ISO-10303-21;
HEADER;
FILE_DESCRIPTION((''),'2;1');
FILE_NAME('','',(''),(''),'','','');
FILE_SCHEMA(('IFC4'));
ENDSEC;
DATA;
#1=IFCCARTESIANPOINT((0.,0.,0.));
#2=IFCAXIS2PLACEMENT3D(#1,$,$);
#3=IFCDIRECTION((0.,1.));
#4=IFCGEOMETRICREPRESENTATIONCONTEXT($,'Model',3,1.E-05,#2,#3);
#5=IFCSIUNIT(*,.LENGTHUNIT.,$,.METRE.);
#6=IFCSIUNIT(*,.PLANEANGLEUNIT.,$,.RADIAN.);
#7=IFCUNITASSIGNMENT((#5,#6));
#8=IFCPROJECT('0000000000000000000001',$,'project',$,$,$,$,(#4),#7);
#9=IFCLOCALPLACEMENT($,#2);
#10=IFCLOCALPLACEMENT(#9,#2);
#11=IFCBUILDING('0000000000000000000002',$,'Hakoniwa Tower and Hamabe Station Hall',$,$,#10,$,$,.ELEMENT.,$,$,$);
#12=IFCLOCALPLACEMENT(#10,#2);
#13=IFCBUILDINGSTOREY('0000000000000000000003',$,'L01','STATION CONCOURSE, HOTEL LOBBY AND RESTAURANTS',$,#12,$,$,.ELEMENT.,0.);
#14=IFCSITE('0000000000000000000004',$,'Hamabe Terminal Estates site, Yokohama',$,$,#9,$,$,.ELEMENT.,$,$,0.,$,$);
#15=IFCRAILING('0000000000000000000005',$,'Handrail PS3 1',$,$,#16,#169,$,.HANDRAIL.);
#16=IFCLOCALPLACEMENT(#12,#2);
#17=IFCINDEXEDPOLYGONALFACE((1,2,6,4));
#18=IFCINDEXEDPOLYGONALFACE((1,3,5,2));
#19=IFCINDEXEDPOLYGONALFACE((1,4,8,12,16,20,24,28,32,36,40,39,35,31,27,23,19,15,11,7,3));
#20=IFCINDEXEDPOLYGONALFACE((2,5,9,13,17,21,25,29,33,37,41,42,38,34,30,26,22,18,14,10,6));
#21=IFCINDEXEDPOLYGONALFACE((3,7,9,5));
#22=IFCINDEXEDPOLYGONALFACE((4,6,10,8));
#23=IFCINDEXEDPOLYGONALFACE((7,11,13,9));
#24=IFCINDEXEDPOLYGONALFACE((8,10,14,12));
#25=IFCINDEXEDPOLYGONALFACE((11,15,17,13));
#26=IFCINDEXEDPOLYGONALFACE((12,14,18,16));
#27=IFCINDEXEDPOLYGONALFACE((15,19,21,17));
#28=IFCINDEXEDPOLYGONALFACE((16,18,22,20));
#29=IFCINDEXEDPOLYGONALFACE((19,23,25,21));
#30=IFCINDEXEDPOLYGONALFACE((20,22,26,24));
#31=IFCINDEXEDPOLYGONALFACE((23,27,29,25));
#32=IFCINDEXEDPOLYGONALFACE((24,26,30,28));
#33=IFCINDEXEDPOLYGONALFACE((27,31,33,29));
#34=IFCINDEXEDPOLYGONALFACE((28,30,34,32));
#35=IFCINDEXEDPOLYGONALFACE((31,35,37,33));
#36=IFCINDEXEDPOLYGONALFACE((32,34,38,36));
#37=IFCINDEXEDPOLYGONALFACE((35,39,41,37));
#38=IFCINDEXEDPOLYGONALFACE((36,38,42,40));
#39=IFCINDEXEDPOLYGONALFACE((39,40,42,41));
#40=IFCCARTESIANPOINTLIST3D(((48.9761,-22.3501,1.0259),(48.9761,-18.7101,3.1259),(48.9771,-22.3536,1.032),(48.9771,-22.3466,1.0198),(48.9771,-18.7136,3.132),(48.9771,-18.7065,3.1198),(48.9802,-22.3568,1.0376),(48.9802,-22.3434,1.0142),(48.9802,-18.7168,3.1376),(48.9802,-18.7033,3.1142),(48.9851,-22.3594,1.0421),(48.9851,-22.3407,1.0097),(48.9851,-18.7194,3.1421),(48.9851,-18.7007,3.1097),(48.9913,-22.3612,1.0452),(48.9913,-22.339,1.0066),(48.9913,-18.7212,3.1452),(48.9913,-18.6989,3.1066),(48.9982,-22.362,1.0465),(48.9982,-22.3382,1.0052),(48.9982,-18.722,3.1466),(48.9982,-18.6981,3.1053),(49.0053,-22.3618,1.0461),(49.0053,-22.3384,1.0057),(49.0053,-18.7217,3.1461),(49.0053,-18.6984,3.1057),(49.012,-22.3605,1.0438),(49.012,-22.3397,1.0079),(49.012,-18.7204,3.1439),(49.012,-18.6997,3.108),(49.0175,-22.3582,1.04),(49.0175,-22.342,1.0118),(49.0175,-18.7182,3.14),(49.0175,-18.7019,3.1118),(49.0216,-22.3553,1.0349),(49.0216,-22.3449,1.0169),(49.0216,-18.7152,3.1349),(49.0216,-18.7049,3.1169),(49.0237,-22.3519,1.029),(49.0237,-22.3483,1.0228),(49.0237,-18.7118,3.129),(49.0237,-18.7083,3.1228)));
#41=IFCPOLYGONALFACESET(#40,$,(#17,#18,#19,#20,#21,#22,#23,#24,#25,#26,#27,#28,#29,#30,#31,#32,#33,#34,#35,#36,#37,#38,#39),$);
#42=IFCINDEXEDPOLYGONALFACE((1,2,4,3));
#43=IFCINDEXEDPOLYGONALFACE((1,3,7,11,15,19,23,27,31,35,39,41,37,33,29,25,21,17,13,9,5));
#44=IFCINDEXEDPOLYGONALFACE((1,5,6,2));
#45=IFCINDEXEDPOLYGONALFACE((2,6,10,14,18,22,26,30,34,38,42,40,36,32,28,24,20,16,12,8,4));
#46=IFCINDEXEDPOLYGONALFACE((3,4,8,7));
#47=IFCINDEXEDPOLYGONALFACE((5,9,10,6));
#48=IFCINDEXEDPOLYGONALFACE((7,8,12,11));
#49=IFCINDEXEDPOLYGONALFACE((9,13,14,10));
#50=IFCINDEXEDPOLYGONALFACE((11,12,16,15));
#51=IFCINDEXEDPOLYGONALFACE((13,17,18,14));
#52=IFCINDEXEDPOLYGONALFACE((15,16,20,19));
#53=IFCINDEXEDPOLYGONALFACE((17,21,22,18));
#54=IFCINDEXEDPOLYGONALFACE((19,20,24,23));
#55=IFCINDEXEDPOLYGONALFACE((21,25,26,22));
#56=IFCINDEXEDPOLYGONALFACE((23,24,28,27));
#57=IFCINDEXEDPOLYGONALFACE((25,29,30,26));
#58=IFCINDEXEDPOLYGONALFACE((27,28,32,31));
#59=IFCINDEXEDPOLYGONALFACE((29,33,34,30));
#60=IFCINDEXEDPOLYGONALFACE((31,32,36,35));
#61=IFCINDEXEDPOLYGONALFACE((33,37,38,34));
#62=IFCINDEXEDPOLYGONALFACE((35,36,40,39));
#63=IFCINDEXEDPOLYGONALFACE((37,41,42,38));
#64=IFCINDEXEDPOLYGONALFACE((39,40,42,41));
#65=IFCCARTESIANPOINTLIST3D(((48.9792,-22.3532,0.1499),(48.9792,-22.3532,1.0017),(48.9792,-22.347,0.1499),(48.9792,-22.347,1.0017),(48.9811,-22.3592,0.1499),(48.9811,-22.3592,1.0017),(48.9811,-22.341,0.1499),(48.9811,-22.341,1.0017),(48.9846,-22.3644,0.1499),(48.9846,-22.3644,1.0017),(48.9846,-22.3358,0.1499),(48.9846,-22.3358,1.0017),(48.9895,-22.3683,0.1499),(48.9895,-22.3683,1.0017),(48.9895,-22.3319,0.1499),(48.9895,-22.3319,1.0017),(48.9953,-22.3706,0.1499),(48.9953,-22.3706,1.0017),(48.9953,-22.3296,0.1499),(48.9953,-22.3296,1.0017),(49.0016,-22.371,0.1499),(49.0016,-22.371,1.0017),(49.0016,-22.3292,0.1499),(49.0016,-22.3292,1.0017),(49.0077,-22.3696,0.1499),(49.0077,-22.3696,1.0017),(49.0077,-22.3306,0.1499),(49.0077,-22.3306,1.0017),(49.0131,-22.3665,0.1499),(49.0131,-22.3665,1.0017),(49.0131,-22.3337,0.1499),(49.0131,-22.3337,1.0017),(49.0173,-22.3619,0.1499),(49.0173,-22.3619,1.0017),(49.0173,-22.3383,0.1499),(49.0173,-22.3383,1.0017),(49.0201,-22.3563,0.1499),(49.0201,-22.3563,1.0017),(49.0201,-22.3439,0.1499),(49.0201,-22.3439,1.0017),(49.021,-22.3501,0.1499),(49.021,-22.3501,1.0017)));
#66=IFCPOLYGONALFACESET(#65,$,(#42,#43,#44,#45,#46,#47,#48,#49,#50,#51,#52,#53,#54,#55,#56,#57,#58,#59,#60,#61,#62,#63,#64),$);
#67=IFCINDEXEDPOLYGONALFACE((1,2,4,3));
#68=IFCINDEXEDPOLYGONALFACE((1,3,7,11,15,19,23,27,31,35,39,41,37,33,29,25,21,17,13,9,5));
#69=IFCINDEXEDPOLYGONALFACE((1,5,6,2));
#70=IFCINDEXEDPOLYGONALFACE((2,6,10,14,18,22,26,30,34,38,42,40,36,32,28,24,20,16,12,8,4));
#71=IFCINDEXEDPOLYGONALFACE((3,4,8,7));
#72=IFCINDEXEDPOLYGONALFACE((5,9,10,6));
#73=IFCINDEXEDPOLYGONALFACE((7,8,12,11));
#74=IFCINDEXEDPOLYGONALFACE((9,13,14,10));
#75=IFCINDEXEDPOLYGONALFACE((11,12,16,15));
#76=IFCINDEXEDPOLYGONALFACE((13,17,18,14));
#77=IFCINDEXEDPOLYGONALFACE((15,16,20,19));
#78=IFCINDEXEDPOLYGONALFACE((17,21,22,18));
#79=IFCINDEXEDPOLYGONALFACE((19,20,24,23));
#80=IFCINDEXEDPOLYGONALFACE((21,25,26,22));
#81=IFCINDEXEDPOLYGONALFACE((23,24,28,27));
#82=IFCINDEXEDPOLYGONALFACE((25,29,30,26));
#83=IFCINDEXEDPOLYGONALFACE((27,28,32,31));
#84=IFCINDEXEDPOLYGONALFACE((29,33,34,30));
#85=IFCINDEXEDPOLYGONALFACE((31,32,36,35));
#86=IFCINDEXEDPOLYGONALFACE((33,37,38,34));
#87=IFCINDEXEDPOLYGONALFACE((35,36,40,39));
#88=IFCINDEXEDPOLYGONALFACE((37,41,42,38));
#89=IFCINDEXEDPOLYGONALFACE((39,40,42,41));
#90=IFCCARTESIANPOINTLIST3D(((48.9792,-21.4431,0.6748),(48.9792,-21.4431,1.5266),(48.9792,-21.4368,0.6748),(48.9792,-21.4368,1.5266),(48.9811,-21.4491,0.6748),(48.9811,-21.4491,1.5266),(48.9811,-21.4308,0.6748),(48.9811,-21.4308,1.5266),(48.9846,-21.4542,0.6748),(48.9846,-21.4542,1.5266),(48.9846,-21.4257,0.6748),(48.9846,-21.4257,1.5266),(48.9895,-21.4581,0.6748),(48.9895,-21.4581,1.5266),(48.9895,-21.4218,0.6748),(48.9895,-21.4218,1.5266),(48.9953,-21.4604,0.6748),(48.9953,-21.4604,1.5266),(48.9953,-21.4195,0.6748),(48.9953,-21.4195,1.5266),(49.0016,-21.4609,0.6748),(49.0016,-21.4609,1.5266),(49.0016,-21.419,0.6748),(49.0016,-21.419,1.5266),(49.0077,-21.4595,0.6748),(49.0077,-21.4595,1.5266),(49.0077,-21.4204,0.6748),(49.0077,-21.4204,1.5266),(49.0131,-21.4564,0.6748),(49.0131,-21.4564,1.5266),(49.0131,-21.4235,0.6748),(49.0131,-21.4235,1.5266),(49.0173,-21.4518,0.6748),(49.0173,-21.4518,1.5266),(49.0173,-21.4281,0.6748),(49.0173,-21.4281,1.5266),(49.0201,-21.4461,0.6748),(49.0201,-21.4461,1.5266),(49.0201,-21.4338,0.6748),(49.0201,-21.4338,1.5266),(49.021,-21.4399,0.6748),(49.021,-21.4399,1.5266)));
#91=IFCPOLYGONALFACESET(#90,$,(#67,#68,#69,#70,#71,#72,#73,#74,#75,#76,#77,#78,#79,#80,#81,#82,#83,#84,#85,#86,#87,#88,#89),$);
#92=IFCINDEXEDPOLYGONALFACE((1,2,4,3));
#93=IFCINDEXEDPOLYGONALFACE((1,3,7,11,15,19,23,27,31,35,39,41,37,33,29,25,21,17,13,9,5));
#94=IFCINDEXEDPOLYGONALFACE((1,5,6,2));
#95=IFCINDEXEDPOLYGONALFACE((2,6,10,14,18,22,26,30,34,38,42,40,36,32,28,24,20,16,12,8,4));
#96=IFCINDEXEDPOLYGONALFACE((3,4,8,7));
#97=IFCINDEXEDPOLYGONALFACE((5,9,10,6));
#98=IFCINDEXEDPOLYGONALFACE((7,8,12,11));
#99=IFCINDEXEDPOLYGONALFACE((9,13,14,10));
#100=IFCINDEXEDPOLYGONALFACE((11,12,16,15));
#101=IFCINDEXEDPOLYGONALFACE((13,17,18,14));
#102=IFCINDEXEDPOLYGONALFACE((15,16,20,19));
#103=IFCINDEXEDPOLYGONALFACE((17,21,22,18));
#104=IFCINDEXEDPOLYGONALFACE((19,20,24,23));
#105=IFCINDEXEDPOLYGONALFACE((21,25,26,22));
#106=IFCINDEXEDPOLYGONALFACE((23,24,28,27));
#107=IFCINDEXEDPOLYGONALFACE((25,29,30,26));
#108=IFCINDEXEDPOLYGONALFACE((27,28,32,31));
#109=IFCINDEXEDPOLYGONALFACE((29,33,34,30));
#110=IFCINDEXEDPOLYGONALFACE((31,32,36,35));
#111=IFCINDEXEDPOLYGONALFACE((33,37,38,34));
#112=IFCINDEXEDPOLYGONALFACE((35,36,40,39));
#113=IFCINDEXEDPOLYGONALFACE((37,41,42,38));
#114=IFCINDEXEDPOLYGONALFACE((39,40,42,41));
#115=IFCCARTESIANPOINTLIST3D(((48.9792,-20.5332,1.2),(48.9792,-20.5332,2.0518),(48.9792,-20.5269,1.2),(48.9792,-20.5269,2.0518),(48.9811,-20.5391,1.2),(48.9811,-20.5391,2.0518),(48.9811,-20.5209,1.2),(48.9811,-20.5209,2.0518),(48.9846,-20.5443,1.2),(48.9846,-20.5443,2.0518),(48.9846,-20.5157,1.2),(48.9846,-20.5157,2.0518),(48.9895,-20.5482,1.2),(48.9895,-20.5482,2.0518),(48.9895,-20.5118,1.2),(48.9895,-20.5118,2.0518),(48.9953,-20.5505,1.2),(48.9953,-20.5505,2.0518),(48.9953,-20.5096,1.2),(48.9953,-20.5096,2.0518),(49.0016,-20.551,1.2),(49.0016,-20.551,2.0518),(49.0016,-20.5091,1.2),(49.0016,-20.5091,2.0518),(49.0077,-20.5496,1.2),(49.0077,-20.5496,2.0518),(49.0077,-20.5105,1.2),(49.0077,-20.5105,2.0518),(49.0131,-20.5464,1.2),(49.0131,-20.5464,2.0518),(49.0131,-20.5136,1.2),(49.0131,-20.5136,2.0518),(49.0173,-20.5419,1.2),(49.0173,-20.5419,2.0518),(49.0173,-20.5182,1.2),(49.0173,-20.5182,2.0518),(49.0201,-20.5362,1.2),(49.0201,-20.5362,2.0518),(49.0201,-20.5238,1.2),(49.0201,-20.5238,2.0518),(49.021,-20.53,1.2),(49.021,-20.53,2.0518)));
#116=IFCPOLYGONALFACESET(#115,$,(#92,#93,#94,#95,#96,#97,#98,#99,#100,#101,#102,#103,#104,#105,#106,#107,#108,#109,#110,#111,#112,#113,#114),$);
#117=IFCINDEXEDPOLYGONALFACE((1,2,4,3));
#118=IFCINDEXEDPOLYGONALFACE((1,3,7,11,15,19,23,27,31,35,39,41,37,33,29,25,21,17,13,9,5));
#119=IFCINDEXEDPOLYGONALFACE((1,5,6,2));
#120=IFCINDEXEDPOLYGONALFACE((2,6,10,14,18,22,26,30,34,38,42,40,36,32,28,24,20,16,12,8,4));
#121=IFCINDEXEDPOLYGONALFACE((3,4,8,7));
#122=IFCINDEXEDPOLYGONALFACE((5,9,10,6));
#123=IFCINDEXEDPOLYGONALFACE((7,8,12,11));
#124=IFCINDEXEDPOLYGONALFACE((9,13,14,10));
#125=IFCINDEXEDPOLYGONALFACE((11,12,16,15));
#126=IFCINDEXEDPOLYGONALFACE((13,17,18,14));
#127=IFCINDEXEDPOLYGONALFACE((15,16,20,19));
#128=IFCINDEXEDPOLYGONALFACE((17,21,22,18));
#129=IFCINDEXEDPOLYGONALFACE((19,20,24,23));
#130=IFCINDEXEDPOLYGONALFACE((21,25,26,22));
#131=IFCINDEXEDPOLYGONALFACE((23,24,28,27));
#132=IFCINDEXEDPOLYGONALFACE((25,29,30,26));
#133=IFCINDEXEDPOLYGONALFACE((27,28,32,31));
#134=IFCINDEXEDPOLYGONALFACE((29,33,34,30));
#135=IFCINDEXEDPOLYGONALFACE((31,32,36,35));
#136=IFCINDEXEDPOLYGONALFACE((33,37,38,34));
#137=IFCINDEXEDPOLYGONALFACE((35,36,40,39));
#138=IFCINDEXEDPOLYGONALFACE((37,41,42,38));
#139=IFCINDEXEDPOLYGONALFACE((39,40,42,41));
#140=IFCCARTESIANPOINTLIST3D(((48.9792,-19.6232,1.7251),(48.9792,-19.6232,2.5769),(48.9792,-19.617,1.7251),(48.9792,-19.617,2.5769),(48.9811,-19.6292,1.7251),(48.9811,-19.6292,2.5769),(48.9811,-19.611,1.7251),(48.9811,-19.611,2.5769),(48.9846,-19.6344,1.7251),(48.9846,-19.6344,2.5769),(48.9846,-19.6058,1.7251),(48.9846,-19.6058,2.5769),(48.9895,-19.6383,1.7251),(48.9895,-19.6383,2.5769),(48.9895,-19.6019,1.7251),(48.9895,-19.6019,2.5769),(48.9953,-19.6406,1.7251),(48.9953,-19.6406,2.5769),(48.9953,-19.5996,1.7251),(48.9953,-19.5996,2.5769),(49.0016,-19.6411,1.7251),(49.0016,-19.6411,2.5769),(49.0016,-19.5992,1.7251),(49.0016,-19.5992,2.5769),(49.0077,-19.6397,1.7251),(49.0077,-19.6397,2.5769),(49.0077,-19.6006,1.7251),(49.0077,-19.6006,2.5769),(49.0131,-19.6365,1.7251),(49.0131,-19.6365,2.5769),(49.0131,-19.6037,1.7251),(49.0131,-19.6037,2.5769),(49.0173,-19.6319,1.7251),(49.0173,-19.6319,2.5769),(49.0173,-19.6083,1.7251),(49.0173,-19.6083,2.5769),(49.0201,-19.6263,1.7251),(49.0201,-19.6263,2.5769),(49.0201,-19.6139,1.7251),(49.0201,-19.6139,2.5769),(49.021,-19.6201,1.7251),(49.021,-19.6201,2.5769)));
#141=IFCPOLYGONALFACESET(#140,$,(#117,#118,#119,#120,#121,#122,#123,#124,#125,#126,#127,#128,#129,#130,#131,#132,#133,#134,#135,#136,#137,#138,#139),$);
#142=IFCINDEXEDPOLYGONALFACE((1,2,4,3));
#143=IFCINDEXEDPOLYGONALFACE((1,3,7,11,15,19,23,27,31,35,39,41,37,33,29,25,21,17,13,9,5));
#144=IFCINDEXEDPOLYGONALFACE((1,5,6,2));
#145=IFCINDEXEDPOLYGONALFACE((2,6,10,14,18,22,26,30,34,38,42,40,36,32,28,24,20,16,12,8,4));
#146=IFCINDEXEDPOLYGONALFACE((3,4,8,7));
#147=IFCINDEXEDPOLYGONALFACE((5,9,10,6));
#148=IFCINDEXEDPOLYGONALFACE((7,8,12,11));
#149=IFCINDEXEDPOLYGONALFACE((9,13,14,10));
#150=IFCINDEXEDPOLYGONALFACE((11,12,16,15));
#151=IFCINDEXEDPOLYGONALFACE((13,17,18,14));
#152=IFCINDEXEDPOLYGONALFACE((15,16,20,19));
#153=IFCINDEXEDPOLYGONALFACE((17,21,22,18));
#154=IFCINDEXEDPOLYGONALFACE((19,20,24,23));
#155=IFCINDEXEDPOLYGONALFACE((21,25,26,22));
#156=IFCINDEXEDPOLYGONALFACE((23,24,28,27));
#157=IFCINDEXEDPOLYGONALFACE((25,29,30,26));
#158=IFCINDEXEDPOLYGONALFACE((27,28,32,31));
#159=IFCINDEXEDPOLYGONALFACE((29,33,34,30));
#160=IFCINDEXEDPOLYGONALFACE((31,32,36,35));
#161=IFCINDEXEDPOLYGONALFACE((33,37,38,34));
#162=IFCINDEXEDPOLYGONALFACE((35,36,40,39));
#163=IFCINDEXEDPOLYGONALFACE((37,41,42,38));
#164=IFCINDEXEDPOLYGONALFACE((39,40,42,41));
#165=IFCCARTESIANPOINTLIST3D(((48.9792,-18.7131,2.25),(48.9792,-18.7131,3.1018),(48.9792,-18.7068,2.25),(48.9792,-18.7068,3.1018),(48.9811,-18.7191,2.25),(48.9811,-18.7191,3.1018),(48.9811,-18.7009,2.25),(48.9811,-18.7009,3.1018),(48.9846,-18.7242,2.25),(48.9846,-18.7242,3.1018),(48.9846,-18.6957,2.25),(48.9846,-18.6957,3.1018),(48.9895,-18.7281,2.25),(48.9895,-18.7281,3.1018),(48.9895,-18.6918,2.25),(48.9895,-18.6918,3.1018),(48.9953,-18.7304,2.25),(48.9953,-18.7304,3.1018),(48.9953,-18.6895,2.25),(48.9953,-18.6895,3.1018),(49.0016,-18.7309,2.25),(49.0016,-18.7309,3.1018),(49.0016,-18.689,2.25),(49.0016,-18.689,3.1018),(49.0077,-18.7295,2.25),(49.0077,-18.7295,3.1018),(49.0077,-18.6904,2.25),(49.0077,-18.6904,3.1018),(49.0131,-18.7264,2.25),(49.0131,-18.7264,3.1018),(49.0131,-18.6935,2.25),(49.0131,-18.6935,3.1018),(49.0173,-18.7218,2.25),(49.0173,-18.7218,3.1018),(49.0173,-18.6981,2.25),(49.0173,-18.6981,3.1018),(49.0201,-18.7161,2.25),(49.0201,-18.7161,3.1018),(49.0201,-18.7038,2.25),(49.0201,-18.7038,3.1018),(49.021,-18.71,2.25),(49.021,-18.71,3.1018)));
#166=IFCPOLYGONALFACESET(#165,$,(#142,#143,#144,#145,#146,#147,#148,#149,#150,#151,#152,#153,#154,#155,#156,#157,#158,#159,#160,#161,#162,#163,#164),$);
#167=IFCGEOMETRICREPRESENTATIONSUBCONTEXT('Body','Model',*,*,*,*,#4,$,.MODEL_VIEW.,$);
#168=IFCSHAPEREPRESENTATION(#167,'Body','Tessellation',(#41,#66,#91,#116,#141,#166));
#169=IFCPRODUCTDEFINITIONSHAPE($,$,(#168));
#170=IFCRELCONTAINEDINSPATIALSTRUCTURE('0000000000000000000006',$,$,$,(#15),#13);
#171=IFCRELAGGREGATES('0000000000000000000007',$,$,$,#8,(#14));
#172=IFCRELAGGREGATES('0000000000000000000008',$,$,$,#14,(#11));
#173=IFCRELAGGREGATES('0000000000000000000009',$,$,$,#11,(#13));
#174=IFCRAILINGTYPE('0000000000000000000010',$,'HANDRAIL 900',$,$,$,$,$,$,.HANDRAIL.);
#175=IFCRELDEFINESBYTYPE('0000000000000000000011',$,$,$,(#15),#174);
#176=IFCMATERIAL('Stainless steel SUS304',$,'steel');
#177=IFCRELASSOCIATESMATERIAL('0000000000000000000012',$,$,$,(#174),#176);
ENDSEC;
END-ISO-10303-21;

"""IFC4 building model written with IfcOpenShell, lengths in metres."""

from ifc_helpers import new_model, si_unit, direction, frame, origin, origin_2d, place, context, subcontext, project, spatial, circle, extrude, material, type_object, element, save


model = new_model("IFC4")

# Units and contexts
model_context = context("Model", 3, precision=1e-05, world=origin(), true_north=direction((0.0, 1.0)))
body_context = subcontext(model_context, "Body", "Model", "MODEL_VIEW")
ifc_project = project(units=[si_unit("LENGTHUNIT", "METRE"), si_unit("PLANEANGLEUNIT", "RADIAN")], contexts=[model_context])

# Site, building, storey
site_placement = place(None, origin())
site = spatial("IfcSite", under=ifc_project, at=site_placement, Name="Hamabe Terminal Estates site, Yokohama", CompositionType="ELEMENT", RefElevation=0.0)
building_placement = place(site_placement, origin())
building = spatial("IfcBuilding", under=site, at=building_placement, Name="Hakoniwa Tower and Hamabe Station Hall", CompositionType="ELEMENT")
storey_placement = place(building_placement, origin())
storey = spatial("IfcBuildingStorey", under=building, at=storey_placement, Name="L01", Description="STATION CONCOURSE, HOTEL LOBBY AND RESTAURANTS", CompositionType="ELEMENT", Elevation=0.0)

# Railing
ifc_material_1 = material(Name="Stainless steel SUS304", Category="steel")
railing_type_1 = type_object("IfcRailingType", Name="HANDRAIL 900", PredefinedType="HANDRAIL", material=ifc_material_1)
railing_1_placement = place(storey_placement, frame((49.0, -22.3501, 0.1499)))
element("IfcRailing", 1, at=railing_1_placement, inside=storey, type_object=railing_type_1, Name="Handrail PS3 1", PredefinedType="HANDRAIL", context=body_context, shape_type="SweptSolid", body=[
    extrude(circle(Radius=0.0239, at=origin_2d()), frame((0.0, 0.0, 0.876), z_axis=(0.0, 0.866184, 0.499726), x_axis=(-1.0, 0.0, 0.0)), (0.0, 0.0, 1.0), 4.2024),
    extrude(circle(Radius=0.021, at=origin_2d()), origin(), (0.0, 0.0, 1.0), 0.8518),
    extrude(circle(Radius=0.021, at=origin_2d()), frame((0.0, 0.9102, 0.5249)), (0.0, 0.0, 1.0), 0.8518),
    extrude(circle(Radius=0.021, at=origin_2d()), frame((0.0, 1.8201, 1.05)), (0.0, 0.0, 1.0), 0.8518),
    extrude(circle(Radius=0.021, at=origin_2d()), frame((0.0, 2.73, 1.5752)), (0.0, 0.0, 1.0), 0.8518),
    extrude(circle(Radius=0.021, at=origin_2d()), frame((0.0, 3.6401, 2.1001)), (0.0, 0.0, 1.0), 0.8518),
])

save(model, "model.ifc")
